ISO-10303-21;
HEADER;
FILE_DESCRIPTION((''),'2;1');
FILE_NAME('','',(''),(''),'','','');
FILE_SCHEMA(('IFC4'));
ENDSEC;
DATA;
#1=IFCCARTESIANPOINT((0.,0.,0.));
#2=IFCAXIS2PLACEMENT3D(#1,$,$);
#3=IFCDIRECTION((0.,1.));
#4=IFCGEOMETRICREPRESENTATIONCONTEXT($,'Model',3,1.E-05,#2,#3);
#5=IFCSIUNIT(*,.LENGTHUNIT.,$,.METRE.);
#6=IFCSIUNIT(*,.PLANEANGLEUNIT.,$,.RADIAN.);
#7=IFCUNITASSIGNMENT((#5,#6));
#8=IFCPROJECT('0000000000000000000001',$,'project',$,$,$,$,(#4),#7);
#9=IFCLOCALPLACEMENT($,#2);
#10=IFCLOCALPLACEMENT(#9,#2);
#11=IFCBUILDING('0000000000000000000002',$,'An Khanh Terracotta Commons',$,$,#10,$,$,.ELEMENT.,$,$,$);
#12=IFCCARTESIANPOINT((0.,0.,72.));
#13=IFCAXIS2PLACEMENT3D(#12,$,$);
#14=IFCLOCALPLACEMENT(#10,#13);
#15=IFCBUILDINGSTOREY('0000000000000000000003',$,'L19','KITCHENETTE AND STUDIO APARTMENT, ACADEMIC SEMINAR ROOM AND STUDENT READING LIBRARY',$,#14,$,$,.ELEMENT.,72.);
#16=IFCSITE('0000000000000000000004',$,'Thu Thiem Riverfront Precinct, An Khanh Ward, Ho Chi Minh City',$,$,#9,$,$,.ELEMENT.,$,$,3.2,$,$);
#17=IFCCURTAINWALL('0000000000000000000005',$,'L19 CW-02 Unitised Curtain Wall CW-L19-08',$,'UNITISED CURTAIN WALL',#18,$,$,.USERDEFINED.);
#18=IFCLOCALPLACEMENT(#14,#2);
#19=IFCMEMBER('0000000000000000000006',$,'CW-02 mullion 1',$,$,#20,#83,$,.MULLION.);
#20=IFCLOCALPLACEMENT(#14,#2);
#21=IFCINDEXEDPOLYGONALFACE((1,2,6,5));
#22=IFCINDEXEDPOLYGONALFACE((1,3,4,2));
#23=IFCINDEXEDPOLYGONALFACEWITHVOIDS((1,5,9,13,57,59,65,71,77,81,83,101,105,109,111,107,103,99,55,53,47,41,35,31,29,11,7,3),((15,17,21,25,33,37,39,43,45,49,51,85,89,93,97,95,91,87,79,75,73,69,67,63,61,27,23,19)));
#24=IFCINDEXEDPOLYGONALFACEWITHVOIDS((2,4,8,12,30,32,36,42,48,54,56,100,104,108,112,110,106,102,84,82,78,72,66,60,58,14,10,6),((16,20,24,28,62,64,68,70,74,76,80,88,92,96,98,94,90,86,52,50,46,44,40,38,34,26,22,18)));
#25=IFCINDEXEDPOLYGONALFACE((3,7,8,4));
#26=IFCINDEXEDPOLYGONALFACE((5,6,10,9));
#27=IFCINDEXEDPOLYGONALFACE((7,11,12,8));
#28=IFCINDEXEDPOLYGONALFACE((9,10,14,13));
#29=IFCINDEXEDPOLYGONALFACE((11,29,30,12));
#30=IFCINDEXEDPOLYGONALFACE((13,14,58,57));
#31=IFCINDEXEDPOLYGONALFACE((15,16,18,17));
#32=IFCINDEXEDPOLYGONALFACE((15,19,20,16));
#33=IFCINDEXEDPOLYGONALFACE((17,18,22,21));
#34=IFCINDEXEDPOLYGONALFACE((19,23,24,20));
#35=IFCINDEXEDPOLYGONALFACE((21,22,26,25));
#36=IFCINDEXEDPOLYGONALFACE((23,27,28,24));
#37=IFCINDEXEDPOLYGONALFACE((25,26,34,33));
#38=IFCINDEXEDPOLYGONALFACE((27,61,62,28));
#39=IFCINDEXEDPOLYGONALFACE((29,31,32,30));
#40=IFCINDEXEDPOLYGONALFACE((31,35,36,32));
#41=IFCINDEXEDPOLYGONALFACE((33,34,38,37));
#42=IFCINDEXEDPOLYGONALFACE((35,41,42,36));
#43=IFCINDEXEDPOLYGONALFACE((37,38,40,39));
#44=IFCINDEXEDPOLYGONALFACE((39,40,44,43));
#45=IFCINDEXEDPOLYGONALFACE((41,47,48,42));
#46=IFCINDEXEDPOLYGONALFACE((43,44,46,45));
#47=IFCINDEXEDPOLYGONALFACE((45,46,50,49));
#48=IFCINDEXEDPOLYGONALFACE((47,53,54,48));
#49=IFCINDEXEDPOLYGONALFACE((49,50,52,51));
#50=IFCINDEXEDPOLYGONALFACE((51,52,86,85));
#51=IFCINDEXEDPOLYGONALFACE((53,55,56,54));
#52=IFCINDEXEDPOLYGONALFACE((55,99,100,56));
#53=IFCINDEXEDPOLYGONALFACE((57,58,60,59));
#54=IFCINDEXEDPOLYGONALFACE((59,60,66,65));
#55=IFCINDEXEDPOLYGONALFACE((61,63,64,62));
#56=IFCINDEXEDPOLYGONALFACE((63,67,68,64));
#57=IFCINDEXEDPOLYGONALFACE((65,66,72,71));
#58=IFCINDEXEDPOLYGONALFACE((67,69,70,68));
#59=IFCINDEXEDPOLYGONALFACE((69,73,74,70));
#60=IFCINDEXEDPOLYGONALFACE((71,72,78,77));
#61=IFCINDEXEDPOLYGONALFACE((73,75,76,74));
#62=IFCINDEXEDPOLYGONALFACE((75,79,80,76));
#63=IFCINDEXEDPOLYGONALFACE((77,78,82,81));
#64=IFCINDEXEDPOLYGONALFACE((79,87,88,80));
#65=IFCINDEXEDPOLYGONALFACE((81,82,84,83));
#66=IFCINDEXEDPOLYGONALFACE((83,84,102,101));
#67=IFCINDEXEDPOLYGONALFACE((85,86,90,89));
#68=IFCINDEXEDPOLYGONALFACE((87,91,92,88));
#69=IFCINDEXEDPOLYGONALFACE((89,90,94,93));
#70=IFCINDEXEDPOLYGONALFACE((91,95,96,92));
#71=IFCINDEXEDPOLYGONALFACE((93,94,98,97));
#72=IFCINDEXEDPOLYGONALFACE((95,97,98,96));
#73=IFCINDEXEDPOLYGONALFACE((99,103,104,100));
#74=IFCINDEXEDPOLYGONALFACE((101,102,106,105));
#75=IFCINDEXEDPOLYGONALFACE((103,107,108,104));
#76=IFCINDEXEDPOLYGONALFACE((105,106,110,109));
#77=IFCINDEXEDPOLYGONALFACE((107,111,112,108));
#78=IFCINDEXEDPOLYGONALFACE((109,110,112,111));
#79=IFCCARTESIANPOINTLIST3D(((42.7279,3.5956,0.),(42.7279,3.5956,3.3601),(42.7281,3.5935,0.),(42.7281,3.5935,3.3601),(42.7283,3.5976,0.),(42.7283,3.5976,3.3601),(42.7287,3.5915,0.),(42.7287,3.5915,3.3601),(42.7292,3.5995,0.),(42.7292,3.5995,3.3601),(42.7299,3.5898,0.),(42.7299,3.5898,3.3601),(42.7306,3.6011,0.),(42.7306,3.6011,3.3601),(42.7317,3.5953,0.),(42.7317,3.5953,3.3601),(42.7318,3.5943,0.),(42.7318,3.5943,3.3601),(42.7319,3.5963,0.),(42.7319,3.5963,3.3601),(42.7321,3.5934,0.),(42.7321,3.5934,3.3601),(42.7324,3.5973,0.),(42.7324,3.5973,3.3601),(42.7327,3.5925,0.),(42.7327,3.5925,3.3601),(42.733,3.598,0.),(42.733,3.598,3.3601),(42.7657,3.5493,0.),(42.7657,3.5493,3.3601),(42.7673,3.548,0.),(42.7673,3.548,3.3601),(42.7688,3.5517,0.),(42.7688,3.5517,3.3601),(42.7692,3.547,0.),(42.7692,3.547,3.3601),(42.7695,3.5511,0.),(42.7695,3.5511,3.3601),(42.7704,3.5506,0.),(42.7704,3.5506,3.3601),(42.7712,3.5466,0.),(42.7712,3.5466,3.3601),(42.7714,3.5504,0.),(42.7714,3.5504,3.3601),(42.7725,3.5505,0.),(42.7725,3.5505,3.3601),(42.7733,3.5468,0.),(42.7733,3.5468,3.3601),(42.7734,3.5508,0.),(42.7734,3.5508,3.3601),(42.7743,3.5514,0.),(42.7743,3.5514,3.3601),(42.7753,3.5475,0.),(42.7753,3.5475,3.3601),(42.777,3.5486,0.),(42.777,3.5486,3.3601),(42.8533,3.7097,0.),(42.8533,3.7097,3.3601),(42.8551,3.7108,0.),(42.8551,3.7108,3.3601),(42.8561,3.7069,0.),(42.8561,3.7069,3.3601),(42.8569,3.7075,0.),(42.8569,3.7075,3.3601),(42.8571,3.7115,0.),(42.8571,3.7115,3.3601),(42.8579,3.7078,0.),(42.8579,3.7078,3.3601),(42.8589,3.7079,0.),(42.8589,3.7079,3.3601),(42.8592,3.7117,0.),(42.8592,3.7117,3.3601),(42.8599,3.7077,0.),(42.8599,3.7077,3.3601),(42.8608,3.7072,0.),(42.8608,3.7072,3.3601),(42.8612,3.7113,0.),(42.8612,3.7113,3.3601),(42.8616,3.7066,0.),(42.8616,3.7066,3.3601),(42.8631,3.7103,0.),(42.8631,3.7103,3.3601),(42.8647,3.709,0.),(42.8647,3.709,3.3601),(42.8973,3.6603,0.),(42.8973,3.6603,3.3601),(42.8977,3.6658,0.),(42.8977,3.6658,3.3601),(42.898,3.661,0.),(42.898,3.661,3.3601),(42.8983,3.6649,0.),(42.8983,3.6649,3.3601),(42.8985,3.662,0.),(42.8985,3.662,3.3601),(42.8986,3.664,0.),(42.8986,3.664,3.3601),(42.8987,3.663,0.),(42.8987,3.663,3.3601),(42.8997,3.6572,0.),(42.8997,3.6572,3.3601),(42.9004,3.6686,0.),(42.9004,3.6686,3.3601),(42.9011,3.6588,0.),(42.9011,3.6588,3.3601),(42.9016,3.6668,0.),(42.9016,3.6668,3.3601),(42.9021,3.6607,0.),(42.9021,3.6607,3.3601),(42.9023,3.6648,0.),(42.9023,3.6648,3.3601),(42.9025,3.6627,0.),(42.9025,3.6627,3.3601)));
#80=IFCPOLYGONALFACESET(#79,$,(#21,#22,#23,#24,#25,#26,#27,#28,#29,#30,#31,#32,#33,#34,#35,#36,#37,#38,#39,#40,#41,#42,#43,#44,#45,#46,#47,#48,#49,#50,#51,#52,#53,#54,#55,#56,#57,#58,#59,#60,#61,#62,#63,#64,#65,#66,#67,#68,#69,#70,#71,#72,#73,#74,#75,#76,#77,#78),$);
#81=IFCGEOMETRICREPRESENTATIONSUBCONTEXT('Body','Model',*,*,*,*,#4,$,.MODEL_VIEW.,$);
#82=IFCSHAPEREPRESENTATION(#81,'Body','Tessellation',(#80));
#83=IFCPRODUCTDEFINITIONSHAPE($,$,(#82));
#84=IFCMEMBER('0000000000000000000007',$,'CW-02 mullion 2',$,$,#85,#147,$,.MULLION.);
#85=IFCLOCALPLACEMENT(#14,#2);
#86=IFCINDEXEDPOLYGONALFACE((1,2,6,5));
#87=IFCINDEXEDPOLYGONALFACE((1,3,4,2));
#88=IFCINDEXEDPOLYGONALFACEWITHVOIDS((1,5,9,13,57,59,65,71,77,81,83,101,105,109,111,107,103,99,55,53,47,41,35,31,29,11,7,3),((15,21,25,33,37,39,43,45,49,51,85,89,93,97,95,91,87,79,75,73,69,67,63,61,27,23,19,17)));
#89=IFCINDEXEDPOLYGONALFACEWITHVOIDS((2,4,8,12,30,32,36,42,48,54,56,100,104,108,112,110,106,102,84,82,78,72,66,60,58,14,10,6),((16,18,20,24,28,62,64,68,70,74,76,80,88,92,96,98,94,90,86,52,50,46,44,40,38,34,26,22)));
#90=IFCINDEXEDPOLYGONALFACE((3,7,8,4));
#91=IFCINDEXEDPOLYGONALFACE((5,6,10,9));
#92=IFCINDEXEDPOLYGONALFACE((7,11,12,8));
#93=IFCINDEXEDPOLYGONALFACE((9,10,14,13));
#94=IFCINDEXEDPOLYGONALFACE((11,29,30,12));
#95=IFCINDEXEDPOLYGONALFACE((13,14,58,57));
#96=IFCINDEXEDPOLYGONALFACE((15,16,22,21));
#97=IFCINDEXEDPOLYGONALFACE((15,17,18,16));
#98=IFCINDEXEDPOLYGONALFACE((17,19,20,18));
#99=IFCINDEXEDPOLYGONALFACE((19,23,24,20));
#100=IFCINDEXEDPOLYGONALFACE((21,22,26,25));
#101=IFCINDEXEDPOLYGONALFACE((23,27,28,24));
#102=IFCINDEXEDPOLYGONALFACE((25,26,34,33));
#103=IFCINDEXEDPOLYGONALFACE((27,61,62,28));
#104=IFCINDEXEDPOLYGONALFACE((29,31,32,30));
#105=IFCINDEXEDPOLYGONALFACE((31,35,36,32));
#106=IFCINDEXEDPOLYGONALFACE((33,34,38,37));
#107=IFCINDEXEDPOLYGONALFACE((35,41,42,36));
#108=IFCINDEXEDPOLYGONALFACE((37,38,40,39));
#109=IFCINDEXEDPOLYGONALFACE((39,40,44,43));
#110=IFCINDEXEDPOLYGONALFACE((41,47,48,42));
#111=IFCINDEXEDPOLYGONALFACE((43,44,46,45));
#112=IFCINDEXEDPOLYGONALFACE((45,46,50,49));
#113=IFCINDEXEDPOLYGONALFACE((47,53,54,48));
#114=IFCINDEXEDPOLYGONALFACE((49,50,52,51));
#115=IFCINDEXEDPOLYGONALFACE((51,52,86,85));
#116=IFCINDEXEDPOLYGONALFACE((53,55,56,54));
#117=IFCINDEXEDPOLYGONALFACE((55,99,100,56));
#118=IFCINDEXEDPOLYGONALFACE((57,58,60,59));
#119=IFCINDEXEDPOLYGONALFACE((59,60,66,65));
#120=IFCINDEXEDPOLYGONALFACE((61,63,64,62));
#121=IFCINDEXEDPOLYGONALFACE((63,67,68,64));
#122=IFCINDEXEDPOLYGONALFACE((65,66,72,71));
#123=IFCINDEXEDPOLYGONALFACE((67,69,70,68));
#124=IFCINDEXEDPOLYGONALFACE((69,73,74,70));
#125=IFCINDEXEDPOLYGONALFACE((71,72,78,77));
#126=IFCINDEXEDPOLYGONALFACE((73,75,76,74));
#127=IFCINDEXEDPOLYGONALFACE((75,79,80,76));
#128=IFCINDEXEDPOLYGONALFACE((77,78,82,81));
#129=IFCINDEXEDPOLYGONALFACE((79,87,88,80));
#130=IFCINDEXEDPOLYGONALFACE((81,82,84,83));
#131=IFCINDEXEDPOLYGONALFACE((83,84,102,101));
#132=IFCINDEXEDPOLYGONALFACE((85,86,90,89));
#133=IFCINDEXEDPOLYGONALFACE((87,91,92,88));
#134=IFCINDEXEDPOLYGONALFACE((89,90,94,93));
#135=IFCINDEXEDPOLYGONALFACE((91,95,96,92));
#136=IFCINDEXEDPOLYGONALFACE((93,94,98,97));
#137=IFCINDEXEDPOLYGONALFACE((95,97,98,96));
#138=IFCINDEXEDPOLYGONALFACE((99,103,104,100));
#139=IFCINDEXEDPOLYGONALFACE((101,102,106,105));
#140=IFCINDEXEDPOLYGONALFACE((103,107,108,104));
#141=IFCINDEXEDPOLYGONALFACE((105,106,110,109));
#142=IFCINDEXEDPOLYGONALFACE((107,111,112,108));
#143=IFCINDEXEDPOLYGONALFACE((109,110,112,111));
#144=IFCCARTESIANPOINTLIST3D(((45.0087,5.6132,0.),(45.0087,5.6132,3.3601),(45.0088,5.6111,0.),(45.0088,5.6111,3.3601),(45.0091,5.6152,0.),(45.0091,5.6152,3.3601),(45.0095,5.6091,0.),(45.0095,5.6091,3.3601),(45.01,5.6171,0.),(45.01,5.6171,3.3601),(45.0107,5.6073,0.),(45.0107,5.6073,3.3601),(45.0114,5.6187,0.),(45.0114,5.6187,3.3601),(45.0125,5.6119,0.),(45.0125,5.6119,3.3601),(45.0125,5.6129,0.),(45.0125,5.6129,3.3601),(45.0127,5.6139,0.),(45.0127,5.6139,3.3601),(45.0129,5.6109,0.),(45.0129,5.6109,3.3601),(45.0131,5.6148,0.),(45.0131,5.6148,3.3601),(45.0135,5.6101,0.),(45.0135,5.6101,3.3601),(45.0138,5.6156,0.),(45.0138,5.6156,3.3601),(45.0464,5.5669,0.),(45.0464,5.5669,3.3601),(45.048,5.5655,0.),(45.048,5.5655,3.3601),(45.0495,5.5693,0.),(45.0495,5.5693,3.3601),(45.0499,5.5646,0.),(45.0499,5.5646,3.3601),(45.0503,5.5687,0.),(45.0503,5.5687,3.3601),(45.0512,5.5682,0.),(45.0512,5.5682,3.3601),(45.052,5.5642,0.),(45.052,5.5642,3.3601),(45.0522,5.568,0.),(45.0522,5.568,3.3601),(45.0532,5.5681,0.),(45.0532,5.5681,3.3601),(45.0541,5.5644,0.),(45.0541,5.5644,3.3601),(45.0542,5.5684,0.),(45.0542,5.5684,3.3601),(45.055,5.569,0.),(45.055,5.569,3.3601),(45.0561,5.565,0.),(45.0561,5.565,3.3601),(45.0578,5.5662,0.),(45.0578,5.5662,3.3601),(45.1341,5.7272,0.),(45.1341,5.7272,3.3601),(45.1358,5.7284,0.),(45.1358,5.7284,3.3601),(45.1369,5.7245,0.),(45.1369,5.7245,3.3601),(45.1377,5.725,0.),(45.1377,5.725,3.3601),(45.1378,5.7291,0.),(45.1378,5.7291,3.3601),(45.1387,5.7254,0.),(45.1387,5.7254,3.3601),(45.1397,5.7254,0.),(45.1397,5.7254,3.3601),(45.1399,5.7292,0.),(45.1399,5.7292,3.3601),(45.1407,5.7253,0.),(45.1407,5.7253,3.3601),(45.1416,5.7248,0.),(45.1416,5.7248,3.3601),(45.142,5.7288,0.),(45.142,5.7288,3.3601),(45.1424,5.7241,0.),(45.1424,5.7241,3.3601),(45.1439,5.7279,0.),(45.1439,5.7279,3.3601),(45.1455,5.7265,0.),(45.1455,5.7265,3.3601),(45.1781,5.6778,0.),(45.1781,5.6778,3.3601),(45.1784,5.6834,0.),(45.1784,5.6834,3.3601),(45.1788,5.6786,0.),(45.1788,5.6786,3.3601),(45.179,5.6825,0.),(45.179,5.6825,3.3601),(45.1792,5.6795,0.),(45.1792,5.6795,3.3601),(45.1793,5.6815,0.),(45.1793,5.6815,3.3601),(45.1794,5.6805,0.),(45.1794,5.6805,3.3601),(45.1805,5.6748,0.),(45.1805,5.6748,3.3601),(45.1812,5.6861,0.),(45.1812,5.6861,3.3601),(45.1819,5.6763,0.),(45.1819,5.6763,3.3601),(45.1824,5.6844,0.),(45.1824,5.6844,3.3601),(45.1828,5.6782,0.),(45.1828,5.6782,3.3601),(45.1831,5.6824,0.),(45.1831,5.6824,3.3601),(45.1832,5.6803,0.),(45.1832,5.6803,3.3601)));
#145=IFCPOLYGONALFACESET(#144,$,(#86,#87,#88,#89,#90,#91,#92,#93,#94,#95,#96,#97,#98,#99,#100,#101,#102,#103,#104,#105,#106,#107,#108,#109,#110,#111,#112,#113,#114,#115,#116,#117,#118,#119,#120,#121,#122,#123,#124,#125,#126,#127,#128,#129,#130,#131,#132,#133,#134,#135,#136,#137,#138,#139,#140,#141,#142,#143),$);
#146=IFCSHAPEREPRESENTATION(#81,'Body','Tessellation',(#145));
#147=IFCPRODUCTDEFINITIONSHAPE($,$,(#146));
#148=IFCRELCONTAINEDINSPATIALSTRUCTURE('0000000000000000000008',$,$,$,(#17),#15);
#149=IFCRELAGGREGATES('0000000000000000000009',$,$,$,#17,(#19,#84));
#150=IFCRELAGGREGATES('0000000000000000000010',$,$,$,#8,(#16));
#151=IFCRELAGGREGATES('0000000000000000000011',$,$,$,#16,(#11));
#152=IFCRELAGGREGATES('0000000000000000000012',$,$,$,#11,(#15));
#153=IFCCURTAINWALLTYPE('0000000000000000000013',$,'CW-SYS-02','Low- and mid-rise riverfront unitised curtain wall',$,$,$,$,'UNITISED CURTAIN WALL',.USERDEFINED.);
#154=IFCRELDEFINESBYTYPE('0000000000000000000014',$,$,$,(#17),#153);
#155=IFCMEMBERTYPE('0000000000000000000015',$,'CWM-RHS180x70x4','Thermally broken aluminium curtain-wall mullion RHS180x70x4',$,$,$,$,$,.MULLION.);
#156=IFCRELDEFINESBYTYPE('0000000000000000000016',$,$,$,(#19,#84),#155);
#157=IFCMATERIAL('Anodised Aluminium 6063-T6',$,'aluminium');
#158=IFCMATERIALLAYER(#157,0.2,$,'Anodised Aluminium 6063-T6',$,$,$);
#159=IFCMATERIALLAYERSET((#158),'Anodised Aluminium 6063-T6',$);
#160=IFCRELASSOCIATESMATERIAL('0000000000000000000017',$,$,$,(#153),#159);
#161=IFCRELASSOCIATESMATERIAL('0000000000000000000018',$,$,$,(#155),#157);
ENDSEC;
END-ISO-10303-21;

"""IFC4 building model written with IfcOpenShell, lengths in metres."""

from ifc_helpers import new_model, si_unit, direction, frame, origin, origin_2d, place, context, subcontext, project, spatial, hollow_rectangle, extrude, material, layer, layer_set, material_profile, profile_set, type_object, element, aggregate, save


model = new_model("IFC4")

# Units and contexts
model_context = context("Model", 3, precision=1e-05, world=origin(), true_north=direction((0.0, 1.0)))
body_context = subcontext(model_context, "Body", "Model", "MODEL_VIEW")
ifc_project = project(units=[si_unit("LENGTHUNIT", "METRE"), si_unit("PLANEANGLEUNIT", "RADIAN")], contexts=[model_context])

# Site, building, storey
site_placement = place(None, origin())
site = spatial("IfcSite", under=ifc_project, at=site_placement, Name="Thu Thiem Riverfront Precinct, An Khanh Ward, Ho Chi Minh City", CompositionType="ELEMENT", RefElevation=3.2)
building_placement = place(site_placement, origin())
building = spatial("IfcBuilding", under=site, at=building_placement, Name="An Khanh Terracotta Commons", CompositionType="ELEMENT")
storey_placement = place(building_placement, frame((0.0, 0.0, 72.0)))
storey = spatial("IfcBuildingStorey", under=building, at=storey_placement, Name="L19", Description="KITCHENETTE AND STUDIO APARTMENT, ACADEMIC SEMINAR ROOM AND STUDENT READING LIBRARY", CompositionType="ELEMENT", Elevation=72.0)

# Curtain wall, members
ifc_material_1 = material(Name="Anodised Aluminium 6063-T6", Category="aluminium")
ifc_layer_1 = layer(ifc_material_1, 0.2, Name="Anodised Aluminium 6063-T6")
ifc_layer_set_1 = layer_set([ifc_layer_1], Name="Anodised Aluminium 6063-T6")
curtain_wall_type = type_object("IfcCurtainWallType", Name="CW-SYS-02", Description="Low- and mid-rise riverfront unitised curtain wall", ElementType="UNITISED CURTAIN WALL", PredefinedType="USERDEFINED", material=ifc_layer_set_1)
curtain_wall_1_placement = place(storey_placement, origin())
curtain_wall_1 = element("IfcCurtainWall", 1, at=curtain_wall_1_placement, inside=storey, type_object=curtain_wall_type, Name="L19 CW-02 Unitised Curtain Wall CW-L19-08", ObjectType="UNITISED CURTAIN WALL", PredefinedType="USERDEFINED")
ifc_material_profile_1 = material_profile(ifc_material_1, hollow_rectangle(XDim=0.0701, YDim=0.1799, WallThickness=0.0039, InnerFilletRadius=0.0039, OuterFilletRadius=0.0081, at=origin_2d()), Name="RHS180x70x4")
ifc_profile_set_1 = profile_set([ifc_material_profile_1], Name="Anodised Aluminium 6063-T6")
member_type_1 = type_object("IfcMemberType", Name="CWM-RHS180x70x4", Description="Thermally broken aluminium curtain-wall mullion RHS180x70x4", PredefinedType="MULLION", material=ifc_profile_set_1)
member_1_placement = place(storey_placement, frame((42.8152, 3.6292, 0.0), z_axis=(0.0, 0.0, 1.0), x_axis=(-0.662548, 0.749019, 0.0)))
member_1 = element("IfcMember", 2, at=member_1_placement, type_object=member_type_1, Name="CW-02 mullion 1", PredefinedType="MULLION", context=body_context, shape_type="SweptSolid", body=[
    extrude(hollow_rectangle(XDim=0.0701, YDim=0.1799, WallThickness=0.0039, InnerFilletRadius=0.0039, OuterFilletRadius=0.0081, at=origin_2d()), origin(), (0.0, 0.0, 1.0), 3.3601),
])
member_2_placement = place(storey_placement, frame((45.0959, 5.6467, 0.0), z_axis=(0.0, 0.0, 1.0), x_axis=(-0.662548, 0.749019, 0.0)))
member_2 = element("IfcMember", 3, at=member_2_placement, type_object=member_type_1, Name="CW-02 mullion 2", PredefinedType="MULLION", context=body_context, shape_type="SweptSolid", body=[
    extrude(hollow_rectangle(XDim=0.0701, YDim=0.1799, WallThickness=0.0039, InnerFilletRadius=0.0039, OuterFilletRadius=0.0081, at=origin_2d()), origin(), (0.0, 0.0, 1.0), 3.3601),
])

aggregate(curtain_wall_1, [member_1, member_2])

save(model, "model.ifc")
